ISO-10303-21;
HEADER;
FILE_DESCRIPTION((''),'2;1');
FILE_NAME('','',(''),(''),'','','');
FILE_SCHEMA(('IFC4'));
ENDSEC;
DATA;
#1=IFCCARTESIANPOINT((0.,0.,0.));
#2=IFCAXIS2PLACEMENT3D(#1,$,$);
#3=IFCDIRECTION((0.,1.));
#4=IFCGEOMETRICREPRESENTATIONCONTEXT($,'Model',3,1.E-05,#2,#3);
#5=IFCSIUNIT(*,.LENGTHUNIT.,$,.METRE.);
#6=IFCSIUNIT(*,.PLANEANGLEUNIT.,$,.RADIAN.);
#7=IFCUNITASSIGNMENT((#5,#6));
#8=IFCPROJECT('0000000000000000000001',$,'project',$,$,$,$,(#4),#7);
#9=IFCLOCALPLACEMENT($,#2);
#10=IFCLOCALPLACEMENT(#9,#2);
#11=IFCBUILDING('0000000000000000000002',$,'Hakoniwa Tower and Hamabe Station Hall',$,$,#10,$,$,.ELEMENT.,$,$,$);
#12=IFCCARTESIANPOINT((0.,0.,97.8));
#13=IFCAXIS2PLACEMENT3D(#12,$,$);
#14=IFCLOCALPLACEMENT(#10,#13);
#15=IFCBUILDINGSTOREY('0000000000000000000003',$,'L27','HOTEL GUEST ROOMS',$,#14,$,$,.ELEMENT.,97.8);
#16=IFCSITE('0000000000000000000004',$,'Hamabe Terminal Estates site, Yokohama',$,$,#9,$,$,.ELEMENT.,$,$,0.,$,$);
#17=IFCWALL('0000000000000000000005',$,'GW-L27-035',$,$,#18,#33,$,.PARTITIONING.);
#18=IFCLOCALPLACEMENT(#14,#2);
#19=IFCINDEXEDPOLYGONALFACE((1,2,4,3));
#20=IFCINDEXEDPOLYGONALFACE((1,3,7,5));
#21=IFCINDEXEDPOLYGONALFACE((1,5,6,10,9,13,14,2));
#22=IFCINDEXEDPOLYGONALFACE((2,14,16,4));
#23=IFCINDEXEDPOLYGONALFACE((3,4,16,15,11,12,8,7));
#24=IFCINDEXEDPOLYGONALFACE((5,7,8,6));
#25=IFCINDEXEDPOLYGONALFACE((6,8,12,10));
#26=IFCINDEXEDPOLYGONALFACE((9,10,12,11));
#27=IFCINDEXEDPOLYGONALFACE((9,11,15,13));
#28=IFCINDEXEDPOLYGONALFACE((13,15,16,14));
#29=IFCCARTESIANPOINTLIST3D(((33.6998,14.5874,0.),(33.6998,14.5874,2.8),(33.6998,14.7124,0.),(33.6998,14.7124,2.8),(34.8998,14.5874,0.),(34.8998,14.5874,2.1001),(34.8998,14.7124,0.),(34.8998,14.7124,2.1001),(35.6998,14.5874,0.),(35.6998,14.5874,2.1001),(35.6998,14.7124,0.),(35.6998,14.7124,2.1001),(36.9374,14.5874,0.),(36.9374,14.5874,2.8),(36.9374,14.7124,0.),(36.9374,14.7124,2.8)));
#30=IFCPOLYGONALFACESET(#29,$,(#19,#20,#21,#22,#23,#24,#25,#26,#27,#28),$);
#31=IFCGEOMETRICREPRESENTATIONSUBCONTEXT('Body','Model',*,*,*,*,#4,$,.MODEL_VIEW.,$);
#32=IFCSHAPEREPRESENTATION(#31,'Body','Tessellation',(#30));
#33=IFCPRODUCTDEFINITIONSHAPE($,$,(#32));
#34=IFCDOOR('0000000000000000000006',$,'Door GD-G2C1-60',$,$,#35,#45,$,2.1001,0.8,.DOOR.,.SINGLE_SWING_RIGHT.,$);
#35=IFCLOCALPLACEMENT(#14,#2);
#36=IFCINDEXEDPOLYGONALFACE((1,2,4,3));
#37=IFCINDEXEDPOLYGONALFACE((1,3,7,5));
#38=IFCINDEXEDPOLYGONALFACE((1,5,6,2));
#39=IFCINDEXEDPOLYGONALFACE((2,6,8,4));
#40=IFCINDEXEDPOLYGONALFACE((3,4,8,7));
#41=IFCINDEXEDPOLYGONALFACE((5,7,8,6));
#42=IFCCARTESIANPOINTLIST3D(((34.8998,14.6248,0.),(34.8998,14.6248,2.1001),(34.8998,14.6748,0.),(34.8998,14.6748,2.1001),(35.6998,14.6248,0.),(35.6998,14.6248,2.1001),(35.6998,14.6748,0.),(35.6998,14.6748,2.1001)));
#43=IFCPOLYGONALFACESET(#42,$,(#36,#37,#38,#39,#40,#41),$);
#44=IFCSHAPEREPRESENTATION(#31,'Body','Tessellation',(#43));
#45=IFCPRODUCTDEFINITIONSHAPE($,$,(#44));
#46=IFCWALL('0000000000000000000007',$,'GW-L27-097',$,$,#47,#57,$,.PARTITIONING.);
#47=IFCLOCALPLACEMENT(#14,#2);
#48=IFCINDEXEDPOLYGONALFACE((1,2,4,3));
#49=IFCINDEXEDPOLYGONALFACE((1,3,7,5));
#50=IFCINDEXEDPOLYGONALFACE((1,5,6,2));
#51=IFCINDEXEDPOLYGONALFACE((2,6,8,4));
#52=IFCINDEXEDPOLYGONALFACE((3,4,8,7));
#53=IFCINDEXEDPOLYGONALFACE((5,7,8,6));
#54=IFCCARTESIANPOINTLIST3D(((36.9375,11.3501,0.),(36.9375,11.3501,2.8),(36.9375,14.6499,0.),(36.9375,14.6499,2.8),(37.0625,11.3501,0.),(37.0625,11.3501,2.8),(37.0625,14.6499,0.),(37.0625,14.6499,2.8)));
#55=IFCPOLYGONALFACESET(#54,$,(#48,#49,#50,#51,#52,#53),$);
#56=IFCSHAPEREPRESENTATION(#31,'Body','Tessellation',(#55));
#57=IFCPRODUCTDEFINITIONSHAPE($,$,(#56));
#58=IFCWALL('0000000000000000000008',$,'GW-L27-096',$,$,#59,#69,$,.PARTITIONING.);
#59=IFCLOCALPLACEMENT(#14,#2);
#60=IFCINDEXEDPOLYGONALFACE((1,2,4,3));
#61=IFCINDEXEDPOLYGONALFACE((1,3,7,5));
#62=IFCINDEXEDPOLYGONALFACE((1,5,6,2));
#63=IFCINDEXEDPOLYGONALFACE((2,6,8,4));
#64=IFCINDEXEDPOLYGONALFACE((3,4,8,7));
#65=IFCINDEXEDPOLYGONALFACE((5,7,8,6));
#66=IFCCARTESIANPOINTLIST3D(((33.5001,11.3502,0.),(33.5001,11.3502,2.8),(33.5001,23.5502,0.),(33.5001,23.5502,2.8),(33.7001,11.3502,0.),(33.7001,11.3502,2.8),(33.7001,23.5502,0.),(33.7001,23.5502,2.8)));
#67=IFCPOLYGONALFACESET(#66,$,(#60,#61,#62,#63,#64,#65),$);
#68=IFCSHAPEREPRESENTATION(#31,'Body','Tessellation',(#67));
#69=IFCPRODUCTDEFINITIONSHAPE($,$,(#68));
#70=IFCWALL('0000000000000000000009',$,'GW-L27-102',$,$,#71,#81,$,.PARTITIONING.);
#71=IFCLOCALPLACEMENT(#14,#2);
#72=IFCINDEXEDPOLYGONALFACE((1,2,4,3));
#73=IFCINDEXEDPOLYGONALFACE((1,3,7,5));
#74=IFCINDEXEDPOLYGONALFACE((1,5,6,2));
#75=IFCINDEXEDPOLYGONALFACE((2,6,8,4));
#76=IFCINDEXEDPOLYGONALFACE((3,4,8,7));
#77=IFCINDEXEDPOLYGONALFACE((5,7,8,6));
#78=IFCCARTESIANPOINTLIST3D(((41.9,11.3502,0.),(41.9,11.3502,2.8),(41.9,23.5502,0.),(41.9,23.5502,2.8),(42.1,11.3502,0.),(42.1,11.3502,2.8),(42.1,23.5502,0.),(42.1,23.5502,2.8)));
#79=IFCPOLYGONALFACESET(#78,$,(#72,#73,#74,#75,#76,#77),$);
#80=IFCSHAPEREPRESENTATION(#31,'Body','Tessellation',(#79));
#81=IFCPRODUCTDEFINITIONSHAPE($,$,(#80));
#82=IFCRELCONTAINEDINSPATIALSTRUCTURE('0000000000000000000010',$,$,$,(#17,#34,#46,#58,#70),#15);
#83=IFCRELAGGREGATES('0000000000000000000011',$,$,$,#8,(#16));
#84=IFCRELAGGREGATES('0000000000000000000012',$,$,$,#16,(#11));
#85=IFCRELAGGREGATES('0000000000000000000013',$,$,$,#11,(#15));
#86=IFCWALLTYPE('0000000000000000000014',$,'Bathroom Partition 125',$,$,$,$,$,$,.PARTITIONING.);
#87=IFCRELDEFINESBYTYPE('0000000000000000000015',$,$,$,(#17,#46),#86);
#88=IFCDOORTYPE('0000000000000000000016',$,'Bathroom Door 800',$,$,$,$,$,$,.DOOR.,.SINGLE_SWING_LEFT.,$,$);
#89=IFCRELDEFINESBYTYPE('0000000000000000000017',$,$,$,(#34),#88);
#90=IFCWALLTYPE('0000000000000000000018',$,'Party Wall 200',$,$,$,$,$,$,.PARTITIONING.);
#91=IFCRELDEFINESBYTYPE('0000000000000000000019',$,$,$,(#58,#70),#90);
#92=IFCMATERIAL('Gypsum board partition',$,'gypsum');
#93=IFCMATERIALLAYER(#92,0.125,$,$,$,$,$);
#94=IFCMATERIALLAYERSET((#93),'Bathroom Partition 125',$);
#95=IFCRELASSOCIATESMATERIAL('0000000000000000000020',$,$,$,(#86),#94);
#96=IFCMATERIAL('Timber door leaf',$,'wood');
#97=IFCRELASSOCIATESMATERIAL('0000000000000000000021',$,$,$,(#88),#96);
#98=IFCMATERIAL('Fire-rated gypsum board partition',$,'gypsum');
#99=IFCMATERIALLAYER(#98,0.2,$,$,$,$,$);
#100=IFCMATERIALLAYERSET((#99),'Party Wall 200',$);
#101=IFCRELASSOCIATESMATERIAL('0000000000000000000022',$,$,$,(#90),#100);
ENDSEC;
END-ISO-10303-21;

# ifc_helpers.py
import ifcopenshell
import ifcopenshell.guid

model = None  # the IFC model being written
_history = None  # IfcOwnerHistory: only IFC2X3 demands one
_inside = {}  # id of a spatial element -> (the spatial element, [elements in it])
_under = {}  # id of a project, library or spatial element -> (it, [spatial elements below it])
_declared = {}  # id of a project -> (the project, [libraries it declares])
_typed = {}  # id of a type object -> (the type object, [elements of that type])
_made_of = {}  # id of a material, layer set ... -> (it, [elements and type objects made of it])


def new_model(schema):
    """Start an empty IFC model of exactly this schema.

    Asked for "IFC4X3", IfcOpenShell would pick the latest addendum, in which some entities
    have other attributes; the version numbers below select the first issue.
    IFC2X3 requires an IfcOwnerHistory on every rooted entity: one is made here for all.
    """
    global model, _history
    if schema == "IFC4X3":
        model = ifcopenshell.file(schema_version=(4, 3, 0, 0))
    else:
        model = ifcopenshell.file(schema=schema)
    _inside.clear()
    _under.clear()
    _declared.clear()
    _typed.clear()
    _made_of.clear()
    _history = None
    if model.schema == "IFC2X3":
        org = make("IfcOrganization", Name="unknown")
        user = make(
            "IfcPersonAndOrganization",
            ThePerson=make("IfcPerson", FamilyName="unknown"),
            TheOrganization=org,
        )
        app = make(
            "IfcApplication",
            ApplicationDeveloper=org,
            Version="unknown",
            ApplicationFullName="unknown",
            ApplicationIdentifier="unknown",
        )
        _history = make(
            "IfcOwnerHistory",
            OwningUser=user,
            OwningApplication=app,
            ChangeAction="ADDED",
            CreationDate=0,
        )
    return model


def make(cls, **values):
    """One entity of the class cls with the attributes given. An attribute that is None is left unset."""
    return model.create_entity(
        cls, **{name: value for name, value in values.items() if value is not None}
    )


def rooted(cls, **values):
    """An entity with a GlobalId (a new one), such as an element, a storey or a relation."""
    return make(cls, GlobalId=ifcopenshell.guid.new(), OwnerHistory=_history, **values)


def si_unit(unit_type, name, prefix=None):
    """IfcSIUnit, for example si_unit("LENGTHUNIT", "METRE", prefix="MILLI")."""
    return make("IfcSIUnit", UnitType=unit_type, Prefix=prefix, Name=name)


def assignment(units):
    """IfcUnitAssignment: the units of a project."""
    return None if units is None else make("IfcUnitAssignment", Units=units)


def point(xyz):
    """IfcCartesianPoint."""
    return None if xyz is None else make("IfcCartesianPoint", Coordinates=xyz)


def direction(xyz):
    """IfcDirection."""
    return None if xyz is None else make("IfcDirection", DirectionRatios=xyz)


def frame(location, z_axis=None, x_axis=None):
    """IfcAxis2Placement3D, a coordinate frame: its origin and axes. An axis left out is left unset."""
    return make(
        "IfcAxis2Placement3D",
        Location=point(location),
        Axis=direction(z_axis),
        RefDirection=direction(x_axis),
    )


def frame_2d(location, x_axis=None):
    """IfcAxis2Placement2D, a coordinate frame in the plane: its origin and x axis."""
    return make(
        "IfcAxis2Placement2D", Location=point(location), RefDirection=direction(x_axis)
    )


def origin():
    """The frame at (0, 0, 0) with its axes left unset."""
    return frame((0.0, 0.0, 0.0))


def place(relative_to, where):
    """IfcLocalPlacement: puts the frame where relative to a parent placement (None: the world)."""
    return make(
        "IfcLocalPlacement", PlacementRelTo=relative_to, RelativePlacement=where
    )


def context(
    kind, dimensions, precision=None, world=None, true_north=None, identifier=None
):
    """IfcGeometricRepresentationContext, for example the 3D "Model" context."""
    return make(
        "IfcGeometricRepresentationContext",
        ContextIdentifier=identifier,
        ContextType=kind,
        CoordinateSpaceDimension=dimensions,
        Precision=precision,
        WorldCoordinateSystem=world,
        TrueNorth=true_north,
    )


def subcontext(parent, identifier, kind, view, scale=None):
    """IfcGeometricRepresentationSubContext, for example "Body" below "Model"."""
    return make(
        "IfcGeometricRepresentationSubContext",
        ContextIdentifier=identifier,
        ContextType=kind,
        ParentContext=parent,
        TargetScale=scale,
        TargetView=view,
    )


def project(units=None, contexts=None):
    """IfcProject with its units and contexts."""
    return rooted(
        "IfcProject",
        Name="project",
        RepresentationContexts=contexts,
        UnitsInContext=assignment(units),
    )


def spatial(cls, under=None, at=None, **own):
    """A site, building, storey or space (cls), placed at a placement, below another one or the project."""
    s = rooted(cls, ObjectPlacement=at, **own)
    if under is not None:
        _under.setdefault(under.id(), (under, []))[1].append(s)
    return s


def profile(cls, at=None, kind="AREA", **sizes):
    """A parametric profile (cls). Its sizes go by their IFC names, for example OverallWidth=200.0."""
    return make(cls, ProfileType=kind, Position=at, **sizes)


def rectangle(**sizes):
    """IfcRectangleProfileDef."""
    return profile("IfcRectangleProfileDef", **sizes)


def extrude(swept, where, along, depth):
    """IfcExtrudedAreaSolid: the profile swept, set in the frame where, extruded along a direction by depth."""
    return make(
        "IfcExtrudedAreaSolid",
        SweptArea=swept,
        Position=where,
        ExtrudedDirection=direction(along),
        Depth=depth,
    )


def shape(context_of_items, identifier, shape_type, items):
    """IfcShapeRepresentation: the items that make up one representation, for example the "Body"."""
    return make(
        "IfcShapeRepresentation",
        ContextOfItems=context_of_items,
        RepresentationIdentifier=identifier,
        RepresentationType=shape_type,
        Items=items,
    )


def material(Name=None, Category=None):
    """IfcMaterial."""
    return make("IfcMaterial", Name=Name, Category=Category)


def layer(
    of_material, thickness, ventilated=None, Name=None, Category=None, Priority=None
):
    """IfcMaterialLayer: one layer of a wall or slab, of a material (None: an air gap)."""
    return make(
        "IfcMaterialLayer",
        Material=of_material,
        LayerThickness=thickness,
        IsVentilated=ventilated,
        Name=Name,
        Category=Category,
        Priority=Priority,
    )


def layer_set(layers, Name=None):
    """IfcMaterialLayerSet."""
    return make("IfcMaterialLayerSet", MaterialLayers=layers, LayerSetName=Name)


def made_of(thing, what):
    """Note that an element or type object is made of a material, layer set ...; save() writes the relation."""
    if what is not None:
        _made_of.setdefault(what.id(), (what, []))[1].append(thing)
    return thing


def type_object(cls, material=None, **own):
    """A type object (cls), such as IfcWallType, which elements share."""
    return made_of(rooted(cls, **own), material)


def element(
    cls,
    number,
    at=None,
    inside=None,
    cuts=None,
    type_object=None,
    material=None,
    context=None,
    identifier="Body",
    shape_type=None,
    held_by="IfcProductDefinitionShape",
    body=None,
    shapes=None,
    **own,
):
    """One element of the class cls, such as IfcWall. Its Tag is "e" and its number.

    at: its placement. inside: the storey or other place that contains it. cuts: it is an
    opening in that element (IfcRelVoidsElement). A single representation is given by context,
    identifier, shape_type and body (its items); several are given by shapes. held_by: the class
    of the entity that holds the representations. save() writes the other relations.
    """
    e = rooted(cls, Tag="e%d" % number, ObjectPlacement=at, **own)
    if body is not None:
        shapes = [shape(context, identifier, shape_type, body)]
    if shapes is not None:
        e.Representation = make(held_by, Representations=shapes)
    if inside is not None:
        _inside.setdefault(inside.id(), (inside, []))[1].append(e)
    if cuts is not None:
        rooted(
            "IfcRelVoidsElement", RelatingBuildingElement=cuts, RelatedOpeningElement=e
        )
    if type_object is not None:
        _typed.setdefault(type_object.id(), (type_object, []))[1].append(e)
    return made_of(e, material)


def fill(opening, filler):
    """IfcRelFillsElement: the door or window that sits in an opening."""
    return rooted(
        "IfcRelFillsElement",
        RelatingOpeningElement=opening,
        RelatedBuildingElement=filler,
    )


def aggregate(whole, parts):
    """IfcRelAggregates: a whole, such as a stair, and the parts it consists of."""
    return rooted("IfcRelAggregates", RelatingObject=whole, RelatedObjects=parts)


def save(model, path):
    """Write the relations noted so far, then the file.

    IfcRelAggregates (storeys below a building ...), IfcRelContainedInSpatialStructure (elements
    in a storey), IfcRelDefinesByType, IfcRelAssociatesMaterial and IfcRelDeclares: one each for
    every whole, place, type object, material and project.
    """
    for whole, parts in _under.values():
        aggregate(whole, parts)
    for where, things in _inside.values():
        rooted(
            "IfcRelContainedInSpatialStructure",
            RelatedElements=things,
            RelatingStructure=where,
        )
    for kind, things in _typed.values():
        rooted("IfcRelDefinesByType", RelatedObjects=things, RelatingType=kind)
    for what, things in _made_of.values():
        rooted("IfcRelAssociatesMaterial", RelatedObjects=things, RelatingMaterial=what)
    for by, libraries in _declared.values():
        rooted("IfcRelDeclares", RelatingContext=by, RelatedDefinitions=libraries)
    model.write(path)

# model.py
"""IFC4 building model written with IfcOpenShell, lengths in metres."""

from ifc_helpers import new_model, si_unit, direction, frame, frame_2d, origin, place, context, subcontext, project, spatial, rectangle, extrude, material, layer, layer_set, type_object, element, fill, save


model = new_model("IFC4")

# Units and contexts
model_context = context("Model", 3, precision=1e-05, world=origin(), true_north=direction((0.0, 1.0)))
body_context = subcontext(model_context, "Body", "Model", "MODEL_VIEW")
ifc_project = project(units=[si_unit("LENGTHUNIT", "METRE"), si_unit("PLANEANGLEUNIT", "RADIAN")], contexts=[model_context])

# Site, building, storey
site_placement = place(None, origin())
site = spatial("IfcSite", under=ifc_project, at=site_placement, Name="Hamabe Terminal Estates site, Yokohama", CompositionType="ELEMENT", RefElevation=0.0)
building_placement = place(site_placement, origin())
building = spatial("IfcBuilding", under=site, at=building_placement, Name="Hakoniwa Tower and Hamabe Station Hall", CompositionType="ELEMENT")
storey_placement = place(building_placement, frame((0.0, 0.0, 97.8)))
storey = spatial("IfcBuildingStorey", under=building, at=storey_placement, Name="L27", Description="HOTEL GUEST ROOMS", CompositionType="ELEMENT", Elevation=97.8)

# Shared definitions
ifc_material_1 = material(Name="Gypsum board partition", Category="gypsum")
ifc_layer_1 = layer(ifc_material_1, 0.125)
ifc_layer_set_1 = layer_set([ifc_layer_1], Name="Bathroom Partition 125")
wall_type_1 = type_object("IfcWallType", Name="Bathroom Partition 125", PredefinedType="PARTITIONING", material=ifc_layer_set_1)

# Wall, opening, door
wall_1_placement = place(storey_placement, frame((33.7, 14.6499, 0.0), z_axis=(0.0, 0.0, 1.0), x_axis=(1.0, 0.0, 0.0)))
wall_1 = element("IfcWall", 1, at=wall_1_placement, inside=storey, type_object=wall_type_1, Name="GW-L27-035", PredefinedType="PARTITIONING", context=body_context, shape_type="SweptSolid", body=[
    extrude(rectangle(XDim=3.2375, YDim=0.125, at=frame_2d((1.6187, 0.0))), origin(), (0.0, 0.0, 1.0), 2.8),
])
opening_placement = place(wall_1_placement, frame((1.2, 0.0, 0.0)))
opening = element("IfcOpeningElement", 2, at=opening_placement, cuts=wall_1, PredefinedType="OPENING", context=body_context, shape_type="SweptSolid", body=[
    extrude(rectangle(XDim=0.8, YDim=2.1001, at=frame_2d((0.3999, 1.05))), frame((0.0, 0.0725, 0.0), z_axis=(0.0, -1.0, 0.0), x_axis=(1.0, 0.0, 0.0)), (0.0, 0.0, 1.0), 0.145),
])
ifc_material_2 = material(Name="Timber door leaf", Category="wood")
door_type = type_object("IfcDoorType", Name="Bathroom Door 800", OperationType="SINGLE_SWING_LEFT", PredefinedType="DOOR", material=ifc_material_2)
door_placement = place(opening_placement, origin())
door = element("IfcDoor", 3, at=door_placement, inside=storey, type_object=door_type, Name="Door GD-G2C1-60", OperationType="SINGLE_SWING_RIGHT", OverallHeight=2.1001, OverallWidth=0.8, PredefinedType="DOOR", context=body_context, shape_type="SweptSolid", body=[
    extrude(rectangle(XDim=0.8, YDim=2.1001, at=frame_2d((0.3999, 1.05))), frame((0.0, 0.0249, 0.0), z_axis=(0.0, -1.0, 0.0), x_axis=(1.0, 0.0, 0.0)), (0.0, 0.0, 1.0), 0.05),
])
fill(opening, door)

# Walls
wall_2_placement = place(storey_placement, frame((37.0, 11.3501, 0.0), z_axis=(0.0, 0.0, 1.0), x_axis=(0.0, 1.0, 0.0)))
element("IfcWall", 4, at=wall_2_placement, inside=storey, type_object=wall_type_1, Name="GW-L27-097", PredefinedType="PARTITIONING", context=body_context, shape_type="SweptSolid", body=[
    extrude(rectangle(XDim=3.2998, YDim=0.125, at=frame_2d((1.6499, 0.0))), origin(), (0.0, 0.0, 1.0), 2.8),
])
ifc_material_3 = material(Name="Fire-rated gypsum board partition", Category="gypsum")
ifc_layer_2 = layer(ifc_material_3, 0.2)
ifc_layer_set_2 = layer_set([ifc_layer_2], Name="Party Wall 200")
wall_type_2 = type_object("IfcWallType", Name="Party Wall 200", PredefinedType="PARTITIONING", material=ifc_layer_set_2)
for number, where, z_axis, x_axis, name in (
    (5, (33.6001, 11.3501, 0.0), (0.0, 0.0, 1.0), (0.0, 1.0, 0.0), "GW-L27-096"),
    (6, (42.0, 11.3501, 0.0), (0.0, 0.0, 1.0), (0.0, 1.0, 0.0), "GW-L27-102"),
):
    element("IfcWall", number, at=place(storey_placement, frame(where, z_axis=z_axis, x_axis=x_axis)), inside=storey, type_object=wall_type_2, Name=name, PredefinedType="PARTITIONING", context=body_context, shape_type="SweptSolid", body=[
        extrude(rectangle(XDim=12.2, YDim=0.2, at=frame_2d((6.1001, 0.0))), origin(), (0.0, 0.0, 1.0), 2.8),
    ])

save(model, "model.ifc")
